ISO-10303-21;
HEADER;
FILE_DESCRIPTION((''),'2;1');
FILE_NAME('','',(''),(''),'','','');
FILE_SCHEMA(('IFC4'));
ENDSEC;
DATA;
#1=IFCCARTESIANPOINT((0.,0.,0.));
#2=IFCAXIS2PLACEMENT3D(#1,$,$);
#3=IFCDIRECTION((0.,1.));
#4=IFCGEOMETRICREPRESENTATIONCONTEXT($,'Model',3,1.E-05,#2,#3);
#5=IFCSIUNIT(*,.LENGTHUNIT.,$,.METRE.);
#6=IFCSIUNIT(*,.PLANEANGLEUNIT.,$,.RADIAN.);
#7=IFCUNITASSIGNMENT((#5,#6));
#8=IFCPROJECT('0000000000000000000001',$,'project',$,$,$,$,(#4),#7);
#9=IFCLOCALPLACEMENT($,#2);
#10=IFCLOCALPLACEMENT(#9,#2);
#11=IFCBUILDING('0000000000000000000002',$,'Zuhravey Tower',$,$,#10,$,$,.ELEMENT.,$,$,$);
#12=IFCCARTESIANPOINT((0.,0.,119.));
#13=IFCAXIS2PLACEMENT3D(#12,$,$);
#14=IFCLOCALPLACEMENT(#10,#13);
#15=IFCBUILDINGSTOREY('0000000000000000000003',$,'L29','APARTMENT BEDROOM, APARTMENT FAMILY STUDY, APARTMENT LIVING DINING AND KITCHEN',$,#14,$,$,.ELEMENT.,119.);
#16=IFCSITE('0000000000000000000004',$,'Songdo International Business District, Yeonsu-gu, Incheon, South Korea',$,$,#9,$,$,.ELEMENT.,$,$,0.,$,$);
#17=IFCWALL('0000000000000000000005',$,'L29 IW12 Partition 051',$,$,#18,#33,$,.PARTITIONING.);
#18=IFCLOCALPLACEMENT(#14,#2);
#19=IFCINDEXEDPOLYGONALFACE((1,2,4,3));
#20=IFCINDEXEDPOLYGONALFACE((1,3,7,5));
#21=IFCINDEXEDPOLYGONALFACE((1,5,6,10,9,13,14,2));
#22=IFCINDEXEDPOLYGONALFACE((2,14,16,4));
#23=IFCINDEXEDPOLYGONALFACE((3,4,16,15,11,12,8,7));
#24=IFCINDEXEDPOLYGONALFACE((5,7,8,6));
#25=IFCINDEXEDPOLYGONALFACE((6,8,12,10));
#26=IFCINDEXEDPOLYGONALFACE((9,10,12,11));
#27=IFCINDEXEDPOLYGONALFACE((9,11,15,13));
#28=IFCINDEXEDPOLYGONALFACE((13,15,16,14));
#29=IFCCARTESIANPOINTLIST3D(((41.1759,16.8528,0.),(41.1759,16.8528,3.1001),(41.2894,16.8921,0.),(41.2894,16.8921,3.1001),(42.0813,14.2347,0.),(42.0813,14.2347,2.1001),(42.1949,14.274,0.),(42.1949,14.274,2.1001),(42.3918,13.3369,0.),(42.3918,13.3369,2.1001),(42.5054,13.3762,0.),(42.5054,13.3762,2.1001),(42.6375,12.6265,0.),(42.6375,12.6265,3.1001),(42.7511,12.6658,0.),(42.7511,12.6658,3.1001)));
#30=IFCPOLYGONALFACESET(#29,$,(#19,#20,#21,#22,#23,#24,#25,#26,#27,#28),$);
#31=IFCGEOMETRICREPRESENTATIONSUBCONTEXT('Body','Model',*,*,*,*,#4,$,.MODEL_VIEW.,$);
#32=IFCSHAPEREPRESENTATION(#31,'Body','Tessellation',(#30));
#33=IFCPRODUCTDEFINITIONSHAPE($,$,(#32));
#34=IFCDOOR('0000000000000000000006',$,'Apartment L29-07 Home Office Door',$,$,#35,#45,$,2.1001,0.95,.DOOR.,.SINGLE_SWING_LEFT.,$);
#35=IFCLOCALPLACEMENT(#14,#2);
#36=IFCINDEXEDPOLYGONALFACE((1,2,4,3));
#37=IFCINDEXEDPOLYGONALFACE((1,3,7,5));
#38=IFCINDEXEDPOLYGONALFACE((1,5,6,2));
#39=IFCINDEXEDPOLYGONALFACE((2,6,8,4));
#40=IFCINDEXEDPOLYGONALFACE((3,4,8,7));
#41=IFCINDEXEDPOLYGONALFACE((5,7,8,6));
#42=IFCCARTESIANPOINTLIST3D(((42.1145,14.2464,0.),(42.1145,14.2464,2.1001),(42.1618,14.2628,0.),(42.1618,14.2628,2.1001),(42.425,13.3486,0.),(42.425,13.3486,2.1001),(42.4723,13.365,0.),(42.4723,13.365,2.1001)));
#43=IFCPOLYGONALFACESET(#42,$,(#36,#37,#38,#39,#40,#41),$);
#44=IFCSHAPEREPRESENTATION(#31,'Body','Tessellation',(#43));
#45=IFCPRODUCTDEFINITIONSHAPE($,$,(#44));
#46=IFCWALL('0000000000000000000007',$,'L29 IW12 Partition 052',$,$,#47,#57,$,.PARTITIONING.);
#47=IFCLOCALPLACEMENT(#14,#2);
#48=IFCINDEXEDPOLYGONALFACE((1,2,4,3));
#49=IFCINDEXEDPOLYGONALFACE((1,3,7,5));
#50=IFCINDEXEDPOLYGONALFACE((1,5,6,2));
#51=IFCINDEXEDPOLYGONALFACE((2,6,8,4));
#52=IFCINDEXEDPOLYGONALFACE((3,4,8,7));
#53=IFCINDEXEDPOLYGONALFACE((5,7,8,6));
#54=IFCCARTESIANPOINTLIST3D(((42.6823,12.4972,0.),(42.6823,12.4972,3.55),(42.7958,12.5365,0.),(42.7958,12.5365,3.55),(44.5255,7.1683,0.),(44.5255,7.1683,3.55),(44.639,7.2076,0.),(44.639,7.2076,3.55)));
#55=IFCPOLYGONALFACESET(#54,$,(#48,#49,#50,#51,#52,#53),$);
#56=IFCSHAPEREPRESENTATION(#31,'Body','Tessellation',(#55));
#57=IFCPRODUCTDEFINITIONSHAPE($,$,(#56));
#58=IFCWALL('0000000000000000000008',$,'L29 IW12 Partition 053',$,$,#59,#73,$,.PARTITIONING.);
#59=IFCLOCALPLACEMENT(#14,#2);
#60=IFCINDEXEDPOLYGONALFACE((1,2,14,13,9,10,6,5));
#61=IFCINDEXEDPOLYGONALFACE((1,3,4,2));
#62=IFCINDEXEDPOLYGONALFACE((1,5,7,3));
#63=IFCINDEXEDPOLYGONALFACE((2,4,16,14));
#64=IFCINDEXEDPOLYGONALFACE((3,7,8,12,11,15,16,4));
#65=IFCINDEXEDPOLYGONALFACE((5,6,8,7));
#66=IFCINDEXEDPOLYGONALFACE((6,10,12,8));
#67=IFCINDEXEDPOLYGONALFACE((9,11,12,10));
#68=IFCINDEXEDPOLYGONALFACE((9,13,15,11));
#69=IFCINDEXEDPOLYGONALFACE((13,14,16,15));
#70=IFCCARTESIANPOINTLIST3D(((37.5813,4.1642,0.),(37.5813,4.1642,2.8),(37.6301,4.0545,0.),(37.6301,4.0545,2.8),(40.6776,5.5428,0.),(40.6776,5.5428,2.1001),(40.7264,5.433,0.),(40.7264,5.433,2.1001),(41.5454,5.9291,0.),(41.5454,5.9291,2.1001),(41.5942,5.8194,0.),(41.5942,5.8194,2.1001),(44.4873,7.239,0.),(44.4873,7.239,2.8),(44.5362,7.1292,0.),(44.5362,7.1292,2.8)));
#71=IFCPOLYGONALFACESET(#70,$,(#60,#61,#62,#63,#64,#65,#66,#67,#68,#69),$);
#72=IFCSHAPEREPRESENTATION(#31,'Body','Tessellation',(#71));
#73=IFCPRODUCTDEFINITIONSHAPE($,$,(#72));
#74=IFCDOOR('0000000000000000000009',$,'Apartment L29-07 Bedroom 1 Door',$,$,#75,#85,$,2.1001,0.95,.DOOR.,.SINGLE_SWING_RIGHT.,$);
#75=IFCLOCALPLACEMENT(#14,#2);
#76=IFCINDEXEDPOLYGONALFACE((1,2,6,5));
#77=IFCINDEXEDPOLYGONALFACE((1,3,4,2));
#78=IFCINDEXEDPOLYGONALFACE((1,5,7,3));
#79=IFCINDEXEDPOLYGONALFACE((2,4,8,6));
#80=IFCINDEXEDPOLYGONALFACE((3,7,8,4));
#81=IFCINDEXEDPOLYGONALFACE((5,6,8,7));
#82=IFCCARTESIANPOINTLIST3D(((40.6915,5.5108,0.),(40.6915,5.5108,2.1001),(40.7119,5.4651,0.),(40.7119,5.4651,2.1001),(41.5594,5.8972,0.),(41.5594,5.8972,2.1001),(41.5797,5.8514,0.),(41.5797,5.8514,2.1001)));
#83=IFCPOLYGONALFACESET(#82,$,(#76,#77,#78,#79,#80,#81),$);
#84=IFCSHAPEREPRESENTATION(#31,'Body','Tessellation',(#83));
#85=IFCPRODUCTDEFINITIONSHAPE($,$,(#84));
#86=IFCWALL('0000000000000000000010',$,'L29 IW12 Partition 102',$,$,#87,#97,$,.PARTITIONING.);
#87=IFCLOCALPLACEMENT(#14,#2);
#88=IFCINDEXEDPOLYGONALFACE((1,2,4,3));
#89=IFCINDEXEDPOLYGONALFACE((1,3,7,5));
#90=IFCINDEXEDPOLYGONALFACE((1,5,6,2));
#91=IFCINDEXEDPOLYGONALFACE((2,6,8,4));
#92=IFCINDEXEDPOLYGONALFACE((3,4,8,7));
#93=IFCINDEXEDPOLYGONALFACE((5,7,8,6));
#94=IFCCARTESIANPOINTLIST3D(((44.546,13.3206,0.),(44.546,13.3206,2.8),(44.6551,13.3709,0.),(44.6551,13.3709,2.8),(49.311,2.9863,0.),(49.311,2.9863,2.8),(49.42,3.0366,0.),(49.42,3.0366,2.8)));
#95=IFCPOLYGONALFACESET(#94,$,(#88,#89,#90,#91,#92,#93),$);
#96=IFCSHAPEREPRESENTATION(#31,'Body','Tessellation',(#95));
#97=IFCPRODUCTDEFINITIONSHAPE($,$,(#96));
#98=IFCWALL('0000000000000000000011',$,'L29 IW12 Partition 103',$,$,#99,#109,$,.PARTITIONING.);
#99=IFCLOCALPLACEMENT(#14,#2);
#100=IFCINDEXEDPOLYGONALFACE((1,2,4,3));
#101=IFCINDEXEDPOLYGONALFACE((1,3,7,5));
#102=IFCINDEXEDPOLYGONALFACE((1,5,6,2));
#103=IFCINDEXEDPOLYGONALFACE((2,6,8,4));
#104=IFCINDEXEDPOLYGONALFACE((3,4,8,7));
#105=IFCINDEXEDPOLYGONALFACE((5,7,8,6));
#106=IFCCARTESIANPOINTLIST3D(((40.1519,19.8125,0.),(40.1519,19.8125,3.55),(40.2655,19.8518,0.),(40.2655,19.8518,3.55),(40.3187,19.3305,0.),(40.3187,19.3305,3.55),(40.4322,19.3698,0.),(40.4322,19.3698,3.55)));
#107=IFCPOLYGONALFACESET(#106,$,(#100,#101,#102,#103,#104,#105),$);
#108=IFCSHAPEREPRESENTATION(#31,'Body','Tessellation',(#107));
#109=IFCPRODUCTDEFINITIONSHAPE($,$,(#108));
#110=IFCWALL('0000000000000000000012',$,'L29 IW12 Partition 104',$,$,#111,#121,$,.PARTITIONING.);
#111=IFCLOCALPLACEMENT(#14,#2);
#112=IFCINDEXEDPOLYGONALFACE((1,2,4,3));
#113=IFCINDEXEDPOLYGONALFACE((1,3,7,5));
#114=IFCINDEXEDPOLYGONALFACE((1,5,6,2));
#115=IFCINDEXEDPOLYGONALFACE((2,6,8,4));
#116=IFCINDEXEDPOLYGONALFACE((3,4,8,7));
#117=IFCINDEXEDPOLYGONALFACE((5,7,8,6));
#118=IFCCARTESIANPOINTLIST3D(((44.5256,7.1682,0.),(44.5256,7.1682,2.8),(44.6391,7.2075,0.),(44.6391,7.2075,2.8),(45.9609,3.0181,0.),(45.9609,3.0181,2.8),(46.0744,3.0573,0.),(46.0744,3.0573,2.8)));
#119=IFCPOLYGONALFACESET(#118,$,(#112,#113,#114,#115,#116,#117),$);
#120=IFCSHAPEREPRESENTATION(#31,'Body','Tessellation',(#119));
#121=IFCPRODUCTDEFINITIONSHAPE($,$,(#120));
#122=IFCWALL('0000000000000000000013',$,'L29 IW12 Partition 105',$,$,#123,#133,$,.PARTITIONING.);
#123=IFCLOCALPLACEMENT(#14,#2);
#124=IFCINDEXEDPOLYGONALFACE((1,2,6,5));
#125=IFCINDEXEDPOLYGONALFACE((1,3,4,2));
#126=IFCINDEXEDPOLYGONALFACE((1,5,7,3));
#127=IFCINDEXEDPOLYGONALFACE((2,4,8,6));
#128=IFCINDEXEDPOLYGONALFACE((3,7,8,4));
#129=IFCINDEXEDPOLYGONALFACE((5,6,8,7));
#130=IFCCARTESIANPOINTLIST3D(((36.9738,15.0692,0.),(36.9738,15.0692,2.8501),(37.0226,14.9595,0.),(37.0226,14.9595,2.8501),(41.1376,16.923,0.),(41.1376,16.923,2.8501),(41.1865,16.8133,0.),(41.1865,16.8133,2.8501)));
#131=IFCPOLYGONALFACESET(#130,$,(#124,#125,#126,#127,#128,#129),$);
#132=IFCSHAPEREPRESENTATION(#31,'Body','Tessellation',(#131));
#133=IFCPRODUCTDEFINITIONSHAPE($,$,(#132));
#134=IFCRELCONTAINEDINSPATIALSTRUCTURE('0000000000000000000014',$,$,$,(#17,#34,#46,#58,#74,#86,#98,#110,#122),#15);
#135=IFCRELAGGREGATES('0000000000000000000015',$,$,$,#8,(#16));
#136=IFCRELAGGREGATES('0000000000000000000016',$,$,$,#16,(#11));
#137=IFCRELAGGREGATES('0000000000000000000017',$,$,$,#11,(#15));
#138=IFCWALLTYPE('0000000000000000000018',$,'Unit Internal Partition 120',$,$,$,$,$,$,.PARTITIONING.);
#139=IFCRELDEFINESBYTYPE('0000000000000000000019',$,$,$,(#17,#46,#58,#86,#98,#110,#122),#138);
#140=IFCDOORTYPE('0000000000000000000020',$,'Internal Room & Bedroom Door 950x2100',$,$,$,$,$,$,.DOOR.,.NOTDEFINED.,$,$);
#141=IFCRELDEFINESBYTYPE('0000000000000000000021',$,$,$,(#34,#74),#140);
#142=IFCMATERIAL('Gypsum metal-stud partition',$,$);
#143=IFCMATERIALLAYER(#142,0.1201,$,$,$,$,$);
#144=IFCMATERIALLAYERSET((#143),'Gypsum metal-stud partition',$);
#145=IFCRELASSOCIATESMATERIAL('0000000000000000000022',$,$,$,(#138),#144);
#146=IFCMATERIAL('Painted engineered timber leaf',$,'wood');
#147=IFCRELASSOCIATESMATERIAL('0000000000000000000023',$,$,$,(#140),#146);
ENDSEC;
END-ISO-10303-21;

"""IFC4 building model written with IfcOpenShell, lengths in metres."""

from ifc_helpers import new_model, si_unit, direction, frame, frame_2d, origin, place, context, subcontext, project, spatial, rectangle, extrude, material, layer, layer_set, type_object, element, fill, save


model = new_model("IFC4")

# Units and contexts
model_context = context("Model", 3, precision=1e-05, world=origin(), true_north=direction((0.0, 1.0)))
body_context = subcontext(model_context, "Body", "Model", "MODEL_VIEW")
ifc_project = project(units=[si_unit("LENGTHUNIT", "METRE"), si_unit("PLANEANGLEUNIT", "RADIAN")], contexts=[model_context])

# Site, building, storey
site_placement = place(None, origin())
site = spatial("IfcSite", under=ifc_project, at=site_placement, Name="Songdo International Business District, Yeonsu-gu, Incheon, South Korea", CompositionType="ELEMENT", RefElevation=0.0)
building_placement = place(site_placement, origin())
building = spatial("IfcBuilding", under=site, at=building_placement, Name="Zuhravey Tower", CompositionType="ELEMENT")
storey_placement = place(building_placement, frame((0.0, 0.0, 119.0)))
storey = spatial("IfcBuildingStorey", under=building, at=storey_placement, Name="L29", Description="APARTMENT BEDROOM, APARTMENT FAMILY STUDY, APARTMENT LIVING DINING AND KITCHEN", CompositionType="ELEMENT", Elevation=119.0)

# Shared definitions
ifc_material_1 = material(Name="Gypsum metal-stud partition")
ifc_layer_1 = layer(ifc_material_1, 0.1201)
ifc_layer_set_1 = layer_set([ifc_layer_1], Name="Gypsum metal-stud partition")
wall_type = type_object("IfcWallType", Name="Unit Internal Partition 120", PredefinedType="PARTITIONING", material=ifc_layer_set_1)
ifc_material_2 = material(Name="Painted engineered timber leaf", Category="wood")
door_type_1 = type_object("IfcDoorType", Name="Internal Room & Bedroom Door 950x2100", OperationType="NOTDEFINED", PredefinedType="DOOR", material=ifc_material_2)

# Wall, opening, door
wall_1_placement = place(storey_placement, frame((41.2327, 16.8723, 0.0), z_axis=(0.0, 0.0, 1.0), x_axis=(0.326854, -0.945075, 0.0)))
wall_1 = element("IfcWall", 1, at=wall_1_placement, inside=storey, type_object=wall_type, Name="L29 IW12 Partition 051", PredefinedType="PARTITIONING", context=body_context, shape_type="SweptSolid", body=[
    extrude(rectangle(XDim=4.4719, YDim=0.1201, at=frame_2d((2.2358, 0.0))), origin(), (0.0, 0.0, 1.0), 3.1001),
])
opening_1_placement = place(wall_1_placement, frame((2.77, 0.0, 0.0)))
opening_1 = element("IfcOpeningElement", 2, at=opening_1_placement, cuts=wall_1, PredefinedType="OPENING", context=body_context, shape_type="SweptSolid", body=[
    extrude(rectangle(XDim=0.95, YDim=2.1001, at=frame_2d((0.4751, 1.05))), frame((0.0, 0.072, 0.0), z_axis=(0.0, -1.0, 0.0), x_axis=(1.0, 0.0, 0.0)), (0.0, 0.0, 1.0), 0.144),
])
door_1_placement = place(opening_1_placement, frame((0.95, 0.0, 0.0), z_axis=(0.0, 0.0, 1.0), x_axis=(-1.0, 0.0, 0.0)))
door_1 = element("IfcDoor", 3, at=door_1_placement, inside=storey, type_object=door_type_1, Name="Apartment L29-07 Home Office Door", OperationType="SINGLE_SWING_LEFT", OverallHeight=2.1001, OverallWidth=0.95, PredefinedType="DOOR", context=body_context, shape_type="SweptSolid", body=[
    extrude(rectangle(XDim=0.95, YDim=2.1001, at=frame_2d((0.4751, 1.05))), frame((0.0, 0.0249, 0.0), z_axis=(0.0, -1.0, 0.0), x_axis=(1.0, 0.0, 0.0)), (0.0, 0.0, 1.0), 0.05),
])
fill(opening_1, door_1)

# Wall
wall_2_placement = place(storey_placement, frame((42.739, 12.5168, 0.0), z_axis=(0.0, 0.0, 1.0), x_axis=(0.326898, -0.94506, 0.0)))
element("IfcWall", 4, at=wall_2_placement, inside=storey, type_object=wall_type, Name="L29 IW12 Partition 052", PredefinedType="PARTITIONING", context=body_context, shape_type="SweptSolid", body=[
    extrude(rectangle(XDim=5.6387, YDim=0.1201, at=frame_2d((2.8193, 0.0))), origin(), (0.0, 0.0, 1.0), 3.55),
])

# Wall, opening, door
wall_3_placement = place(storey_placement, frame((37.6057, 4.1094, 0.0), z_axis=(0.0, 0.0, 1.0), x_axis=(0.913548, 0.406732, 0.0)))
wall_3 = element("IfcWall", 5, at=wall_3_placement, inside=storey, type_object=wall_type, Name="L29 IW12 Partition 053", PredefinedType="PARTITIONING", context=body_context, shape_type="SweptSolid", body=[
    extrude(rectangle(XDim=7.5596, YDim=0.1201, at=frame_2d((3.7798, 0.0))), origin(), (0.0, 0.0, 1.0), 2.8),
])
opening_2_placement = place(wall_3_placement, frame((3.3892, 0.0, 0.0)))
opening_2 = element("IfcOpeningElement", 6, at=opening_2_placement, cuts=wall_3, PredefinedType="OPENING", context=body_context, shape_type="SweptSolid", body=[
    extrude(rectangle(XDim=0.95, YDim=2.1001, at=frame_2d((0.4751, 1.05))), frame((0.0, 0.072, 0.0), z_axis=(0.0, -1.0, 0.0), x_axis=(1.0, 0.0, 0.0)), (0.0, 0.0, 1.0), 0.144),
])
door_2_placement = place(opening_2_placement, frame((0.95, 0.0, 0.0), z_axis=(0.0, 0.0, 1.0), x_axis=(-1.0, 0.0, 0.0)))
door_2 = element("IfcDoor", 7, at=door_2_placement, inside=storey, type_object=door_type_1, Name="Apartment L29-07 Bedroom 1 Door", OperationType="SINGLE_SWING_RIGHT", OverallHeight=2.1001, OverallWidth=0.95, PredefinedType="DOOR", context=body_context, shape_type="SweptSolid", body=[
    extrude(rectangle(XDim=0.95, YDim=2.1001, at=frame_2d((0.4751, 1.05))), frame((0.0, 0.0249, 0.0), z_axis=(0.0, -1.0, 0.0), x_axis=(1.0, 0.0, 0.0)), (0.0, 0.0, 1.0), 0.05),
])
fill(opening_2, door_2)

# Walls
wall_4_placement = place(storey_placement, frame((44.6006, 13.3457, 0.0), z_axis=(0.0, 0.0, 1.0), x_axis=(0.418714, -0.908118, 0.0)))
element("IfcWall", 8, at=wall_4_placement, inside=storey, type_object=wall_type, Name="L29 IW12 Partition 102", PredefinedType="PARTITIONING", context=body_context, shape_type="SweptSolid", body=[
    extrude(rectangle(XDim=11.3799, YDim=0.1201, at=frame_2d((5.6899, 0.0))), origin(), (0.0, 0.0, 1.0), 2.8),
])
wall_5_placement = place(storey_placement, frame((40.2087, 19.832, 0.0), z_axis=(0.0, 0.0, 1.0), x_axis=(0.326979, -0.945032, 0.0)))
element("IfcWall", 9, at=wall_5_placement, inside=storey, type_object=wall_type, Name="L29 IW12 Partition 103", PredefinedType="PARTITIONING", context=body_context, shape_type="SweptSolid", body=[
    extrude(rectangle(XDim=0.51, YDim=0.1201, at=frame_2d((0.2549, 0.0))), origin(), (0.0, 0.0, 1.0), 3.55),
])
wall_6_placement = place(storey_placement, frame((44.5823, 7.188, 0.0), z_axis=(0.0, 0.0, 1.0), x_axis=(0.326849, -0.945077, 0.0)))
element("IfcWall", 10, at=wall_6_placement, inside=storey, type_object=wall_type, Name="L29 IW12 Partition 104", PredefinedType="PARTITIONING", context=body_context, shape_type="SweptSolid", body=[
    extrude(rectangle(XDim=4.3914, YDim=0.1201, at=frame_2d((2.1958, 0.0))), origin(), (0.0, 0.0, 1.0), 2.8),
])
wall_7_placement = place(storey_placement, frame((36.9983, 15.0144, 0.0), z_axis=(0.0, 0.0, 1.0), x_axis=(0.913553, 0.40672, 0.0)))
element("IfcWall", 11, at=wall_7_placement, inside=storey, type_object=wall_type, Name="L29 IW12 Partition 105", PredefinedType="PARTITIONING", context=body_context, shape_type="SweptSolid", body=[
    extrude(rectangle(XDim=4.5579, YDim=0.1201, at=frame_2d((2.2788, 0.0))), origin(), (0.0, 0.0, 1.0), 2.8501),
])

save(model, "model.ifc")
